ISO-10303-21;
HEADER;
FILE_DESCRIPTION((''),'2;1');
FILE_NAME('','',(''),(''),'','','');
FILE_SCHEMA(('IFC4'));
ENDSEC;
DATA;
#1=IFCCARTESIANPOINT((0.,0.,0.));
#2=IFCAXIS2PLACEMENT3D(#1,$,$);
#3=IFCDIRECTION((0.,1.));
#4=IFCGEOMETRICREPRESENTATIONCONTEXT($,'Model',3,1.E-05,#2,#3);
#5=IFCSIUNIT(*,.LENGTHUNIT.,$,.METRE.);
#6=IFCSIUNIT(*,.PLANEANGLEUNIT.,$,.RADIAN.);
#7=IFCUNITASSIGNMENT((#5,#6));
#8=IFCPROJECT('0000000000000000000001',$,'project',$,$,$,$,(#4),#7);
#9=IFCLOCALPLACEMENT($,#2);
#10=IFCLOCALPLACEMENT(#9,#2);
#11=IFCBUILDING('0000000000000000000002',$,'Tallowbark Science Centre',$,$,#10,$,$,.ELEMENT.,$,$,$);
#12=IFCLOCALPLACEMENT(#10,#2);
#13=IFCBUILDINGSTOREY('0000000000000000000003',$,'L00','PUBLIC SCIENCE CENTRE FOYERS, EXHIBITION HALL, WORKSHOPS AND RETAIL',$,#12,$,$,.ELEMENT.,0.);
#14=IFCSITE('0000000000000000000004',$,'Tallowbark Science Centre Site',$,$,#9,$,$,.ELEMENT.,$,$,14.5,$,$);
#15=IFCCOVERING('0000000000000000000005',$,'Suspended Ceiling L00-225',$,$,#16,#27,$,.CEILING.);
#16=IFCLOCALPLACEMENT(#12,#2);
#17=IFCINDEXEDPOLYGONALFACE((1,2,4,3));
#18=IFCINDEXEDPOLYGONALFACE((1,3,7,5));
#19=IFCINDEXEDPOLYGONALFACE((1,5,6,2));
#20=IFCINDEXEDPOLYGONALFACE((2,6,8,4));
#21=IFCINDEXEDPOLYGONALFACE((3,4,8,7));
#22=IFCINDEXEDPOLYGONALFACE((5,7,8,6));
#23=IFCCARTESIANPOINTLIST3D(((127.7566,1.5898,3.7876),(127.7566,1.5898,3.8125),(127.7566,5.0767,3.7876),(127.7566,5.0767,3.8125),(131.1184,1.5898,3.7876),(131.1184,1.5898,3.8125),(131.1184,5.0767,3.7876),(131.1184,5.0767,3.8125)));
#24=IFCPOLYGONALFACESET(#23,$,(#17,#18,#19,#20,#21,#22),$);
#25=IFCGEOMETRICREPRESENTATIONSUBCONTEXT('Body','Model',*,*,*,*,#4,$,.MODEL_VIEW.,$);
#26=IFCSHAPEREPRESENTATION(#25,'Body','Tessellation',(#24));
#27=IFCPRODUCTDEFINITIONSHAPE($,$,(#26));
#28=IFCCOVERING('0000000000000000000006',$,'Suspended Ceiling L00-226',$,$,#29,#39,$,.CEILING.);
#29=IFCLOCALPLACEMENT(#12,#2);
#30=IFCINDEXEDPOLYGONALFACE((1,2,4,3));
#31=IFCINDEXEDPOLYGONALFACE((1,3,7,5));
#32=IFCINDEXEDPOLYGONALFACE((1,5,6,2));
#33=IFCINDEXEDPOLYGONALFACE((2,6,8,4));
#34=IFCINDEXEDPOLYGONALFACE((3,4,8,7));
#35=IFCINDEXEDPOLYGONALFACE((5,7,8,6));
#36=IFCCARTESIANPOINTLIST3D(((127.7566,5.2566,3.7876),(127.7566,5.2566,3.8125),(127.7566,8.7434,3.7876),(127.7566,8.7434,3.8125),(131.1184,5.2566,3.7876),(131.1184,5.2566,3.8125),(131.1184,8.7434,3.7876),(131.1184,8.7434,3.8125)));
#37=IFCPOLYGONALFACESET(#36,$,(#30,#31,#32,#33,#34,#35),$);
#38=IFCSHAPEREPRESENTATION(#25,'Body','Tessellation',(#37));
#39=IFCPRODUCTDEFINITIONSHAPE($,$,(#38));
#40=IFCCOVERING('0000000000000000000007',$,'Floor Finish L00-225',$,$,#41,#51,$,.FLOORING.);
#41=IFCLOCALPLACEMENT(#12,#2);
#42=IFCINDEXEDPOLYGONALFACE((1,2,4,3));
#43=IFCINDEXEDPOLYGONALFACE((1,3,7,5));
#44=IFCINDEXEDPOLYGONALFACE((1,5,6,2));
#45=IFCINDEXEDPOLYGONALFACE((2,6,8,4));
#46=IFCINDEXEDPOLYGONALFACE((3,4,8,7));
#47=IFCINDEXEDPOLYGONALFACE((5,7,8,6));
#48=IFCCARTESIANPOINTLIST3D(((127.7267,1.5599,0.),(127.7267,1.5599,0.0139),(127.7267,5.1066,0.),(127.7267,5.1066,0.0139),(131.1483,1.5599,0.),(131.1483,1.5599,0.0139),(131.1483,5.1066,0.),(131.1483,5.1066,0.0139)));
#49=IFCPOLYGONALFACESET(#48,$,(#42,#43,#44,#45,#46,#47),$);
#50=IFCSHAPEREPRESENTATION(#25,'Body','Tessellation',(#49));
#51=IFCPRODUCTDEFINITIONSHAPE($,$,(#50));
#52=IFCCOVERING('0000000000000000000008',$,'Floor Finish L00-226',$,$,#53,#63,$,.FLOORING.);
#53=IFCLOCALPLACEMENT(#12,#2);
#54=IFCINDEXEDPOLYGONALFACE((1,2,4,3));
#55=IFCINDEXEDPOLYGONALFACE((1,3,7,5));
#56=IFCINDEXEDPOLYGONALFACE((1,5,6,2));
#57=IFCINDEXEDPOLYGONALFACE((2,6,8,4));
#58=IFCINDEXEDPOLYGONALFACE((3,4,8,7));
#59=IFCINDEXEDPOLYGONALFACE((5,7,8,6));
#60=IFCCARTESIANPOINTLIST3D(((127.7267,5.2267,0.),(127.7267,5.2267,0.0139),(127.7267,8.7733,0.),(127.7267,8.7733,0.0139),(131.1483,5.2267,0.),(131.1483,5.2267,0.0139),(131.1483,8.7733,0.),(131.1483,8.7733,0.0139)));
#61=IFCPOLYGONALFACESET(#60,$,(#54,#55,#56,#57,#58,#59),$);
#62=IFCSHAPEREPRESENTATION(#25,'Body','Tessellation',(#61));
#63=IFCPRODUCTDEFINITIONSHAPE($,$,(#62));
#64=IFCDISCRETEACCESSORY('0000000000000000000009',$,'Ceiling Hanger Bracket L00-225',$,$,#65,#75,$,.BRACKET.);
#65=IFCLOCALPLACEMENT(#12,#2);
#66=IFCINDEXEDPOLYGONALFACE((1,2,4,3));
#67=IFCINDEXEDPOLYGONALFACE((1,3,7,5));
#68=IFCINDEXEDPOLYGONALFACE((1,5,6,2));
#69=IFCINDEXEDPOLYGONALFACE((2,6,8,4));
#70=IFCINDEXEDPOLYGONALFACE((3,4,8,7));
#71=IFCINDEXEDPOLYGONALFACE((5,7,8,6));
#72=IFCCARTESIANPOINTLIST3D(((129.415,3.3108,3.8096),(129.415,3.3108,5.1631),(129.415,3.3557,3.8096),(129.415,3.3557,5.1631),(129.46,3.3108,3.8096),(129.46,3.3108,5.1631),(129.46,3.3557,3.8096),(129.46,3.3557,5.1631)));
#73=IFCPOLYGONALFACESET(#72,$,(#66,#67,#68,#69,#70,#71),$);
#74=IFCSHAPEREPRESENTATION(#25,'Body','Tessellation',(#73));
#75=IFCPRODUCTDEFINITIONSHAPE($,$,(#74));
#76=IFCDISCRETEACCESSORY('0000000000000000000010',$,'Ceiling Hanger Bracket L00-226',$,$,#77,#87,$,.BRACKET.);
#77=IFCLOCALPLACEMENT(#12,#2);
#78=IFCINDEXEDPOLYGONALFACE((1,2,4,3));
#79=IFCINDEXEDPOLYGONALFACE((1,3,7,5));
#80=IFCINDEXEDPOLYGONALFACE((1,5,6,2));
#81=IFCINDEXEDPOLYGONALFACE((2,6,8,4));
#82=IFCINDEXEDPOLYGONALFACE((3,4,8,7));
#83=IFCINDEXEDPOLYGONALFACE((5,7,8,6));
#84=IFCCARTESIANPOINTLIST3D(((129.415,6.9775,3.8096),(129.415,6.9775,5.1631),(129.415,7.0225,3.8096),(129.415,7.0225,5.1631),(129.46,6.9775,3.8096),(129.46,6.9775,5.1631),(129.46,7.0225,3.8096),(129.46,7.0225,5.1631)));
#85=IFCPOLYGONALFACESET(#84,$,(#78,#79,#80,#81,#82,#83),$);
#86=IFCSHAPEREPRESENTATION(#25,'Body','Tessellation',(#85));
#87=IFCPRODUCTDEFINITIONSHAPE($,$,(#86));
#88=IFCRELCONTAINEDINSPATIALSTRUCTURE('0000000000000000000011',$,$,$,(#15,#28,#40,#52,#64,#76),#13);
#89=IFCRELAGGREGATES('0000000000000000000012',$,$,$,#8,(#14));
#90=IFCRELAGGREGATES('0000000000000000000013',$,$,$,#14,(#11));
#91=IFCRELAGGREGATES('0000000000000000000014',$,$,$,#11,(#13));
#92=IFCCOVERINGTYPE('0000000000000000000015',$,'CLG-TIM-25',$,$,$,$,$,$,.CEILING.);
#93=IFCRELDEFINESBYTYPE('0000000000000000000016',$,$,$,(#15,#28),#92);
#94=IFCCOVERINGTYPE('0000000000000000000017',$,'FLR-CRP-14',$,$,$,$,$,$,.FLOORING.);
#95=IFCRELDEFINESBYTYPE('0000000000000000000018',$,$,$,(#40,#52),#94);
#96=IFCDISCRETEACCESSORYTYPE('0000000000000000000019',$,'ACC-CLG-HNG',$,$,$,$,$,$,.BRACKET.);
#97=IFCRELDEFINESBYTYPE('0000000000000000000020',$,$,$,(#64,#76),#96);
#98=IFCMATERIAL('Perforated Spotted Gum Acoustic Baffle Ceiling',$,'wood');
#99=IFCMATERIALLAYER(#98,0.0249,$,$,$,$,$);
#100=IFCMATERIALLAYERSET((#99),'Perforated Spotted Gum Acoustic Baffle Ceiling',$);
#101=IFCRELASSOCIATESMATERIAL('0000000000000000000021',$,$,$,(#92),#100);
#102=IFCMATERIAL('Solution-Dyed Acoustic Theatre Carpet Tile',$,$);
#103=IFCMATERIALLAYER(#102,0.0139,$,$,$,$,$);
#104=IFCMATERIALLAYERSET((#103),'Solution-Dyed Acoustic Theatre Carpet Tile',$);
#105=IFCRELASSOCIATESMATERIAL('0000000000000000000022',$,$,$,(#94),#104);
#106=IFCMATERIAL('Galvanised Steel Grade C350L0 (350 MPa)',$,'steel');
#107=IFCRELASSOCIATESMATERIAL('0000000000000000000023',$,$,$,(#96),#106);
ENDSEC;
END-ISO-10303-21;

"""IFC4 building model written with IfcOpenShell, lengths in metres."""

from ifc_helpers import new_model, si_unit, direction, frame, origin, origin_2d, place, context, subcontext, project, spatial, rectangle, extrude, material, layer, layer_set, type_object, element, save


model = new_model("IFC4")

# Units and contexts
model_context = context("Model", 3, precision=1e-05, world=origin(), true_north=direction((0.0, 1.0)))
body_context = subcontext(model_context, "Body", "Model", "MODEL_VIEW")
ifc_project = project(units=[si_unit("LENGTHUNIT", "METRE"), si_unit("PLANEANGLEUNIT", "RADIAN")], contexts=[model_context])

# Site, building, storey
site_placement = place(None, origin())
site = spatial("IfcSite", under=ifc_project, at=site_placement, Name="Tallowbark Science Centre Site", CompositionType="ELEMENT", RefElevation=14.5)
building_placement = place(site_placement, origin())
building = spatial("IfcBuilding", under=site, at=building_placement, Name="Tallowbark Science Centre", CompositionType="ELEMENT")
storey_placement = place(building_placement, origin())
storey = spatial("IfcBuildingStorey", under=building, at=storey_placement, Name="L00", Description="PUBLIC SCIENCE CENTRE FOYERS, EXHIBITION HALL, WORKSHOPS AND RETAIL", CompositionType="ELEMENT", Elevation=0.0)

# Coverings
ifc_material_1 = material(Name="Perforated Spotted Gum Acoustic Baffle Ceiling", Category="wood")
ifc_layer_1 = layer(ifc_material_1, 0.0249)
ifc_layer_set_1 = layer_set([ifc_layer_1], Name="Perforated Spotted Gum Acoustic Baffle Ceiling")
covering_type_1 = type_object("IfcCoveringType", Name="CLG-TIM-25", PredefinedType="CEILING", material=ifc_layer_set_1)
for number, where, z_axis, x_axis, name in (
    (1, (129.4375, 3.3333, 3.7876), (0.0, 0.0, 1.0), (1.0, 0.0, 0.0), "Suspended Ceiling L00-225"),
    (2, (129.4375, 7.0, 3.7876), (0.0, 0.0, 1.0), (1.0, 0.0, 0.0), "Suspended Ceiling L00-226"),
):
    element("IfcCovering", number, at=place(storey_placement, frame(where, z_axis=z_axis, x_axis=x_axis)), inside=storey, type_object=covering_type_1, Name=name, PredefinedType="CEILING", context=body_context, shape_type="SweptSolid", body=[
        extrude(rectangle(XDim=3.3618, YDim=3.4868, at=origin_2d()), origin(), (0.0, 0.0, 1.0), 0.0249),
    ])
ifc_material_2 = material(Name="Solution-Dyed Acoustic Theatre Carpet Tile")
ifc_layer_2 = layer(ifc_material_2, 0.0139)
ifc_layer_set_2 = layer_set([ifc_layer_2], Name="Solution-Dyed Acoustic Theatre Carpet Tile")
covering_type_2 = type_object("IfcCoveringType", Name="FLR-CRP-14", PredefinedType="FLOORING", material=ifc_layer_set_2)
for number, where, z_axis, x_axis, name in (
    (3, (129.4375, 3.3333, 0.0), (0.0, 0.0, 1.0), (1.0, 0.0, 0.0), "Floor Finish L00-225"),
    (4, (129.4375, 7.0, 0.0), (0.0, 0.0, 1.0), (1.0, 0.0, 0.0), "Floor Finish L00-226"),
):
    element("IfcCovering", number, at=place(storey_placement, frame(where, z_axis=z_axis, x_axis=x_axis)), inside=storey, type_object=covering_type_2, Name=name, PredefinedType="FLOORING", context=body_context, shape_type="SweptSolid", body=[
        extrude(rectangle(XDim=3.4216, YDim=3.5466, at=origin_2d()), origin(), (0.0, 0.0, 1.0), 0.0139),
    ])

# Discrete accessories
ifc_material_3 = material(Name="Galvanised Steel Grade C350L0 (350 MPa)", Category="steel")
discrete_accessory_type = type_object("IfcDiscreteAccessoryType", Name="ACC-CLG-HNG", PredefinedType="BRACKET", material=ifc_material_3)
for number, where, z_axis, x_axis, name in (
    (5, (129.4375, 3.3333, 3.8096), (0.0, 0.0, 1.0), (1.0, 0.0, 0.0), "Ceiling Hanger Bracket L00-225"),
    (6, (129.4375, 7.0, 3.8096), (0.0, 0.0, 1.0), (1.0, 0.0, 0.0), "Ceiling Hanger Bracket L00-226"),
):
    element("IfcDiscreteAccessory", number, at=place(storey_placement, frame(where, z_axis=z_axis, x_axis=x_axis)), inside=storey, type_object=discrete_accessory_type, Name=name, PredefinedType="BRACKET", context=body_context, shape_type="SweptSolid", body=[
        extrude(rectangle(XDim=0.0449, YDim=0.0449, at=origin_2d()), origin(), (0.0, 0.0, 1.0), 1.3535),
    ])

save(model, "model.ifc")
